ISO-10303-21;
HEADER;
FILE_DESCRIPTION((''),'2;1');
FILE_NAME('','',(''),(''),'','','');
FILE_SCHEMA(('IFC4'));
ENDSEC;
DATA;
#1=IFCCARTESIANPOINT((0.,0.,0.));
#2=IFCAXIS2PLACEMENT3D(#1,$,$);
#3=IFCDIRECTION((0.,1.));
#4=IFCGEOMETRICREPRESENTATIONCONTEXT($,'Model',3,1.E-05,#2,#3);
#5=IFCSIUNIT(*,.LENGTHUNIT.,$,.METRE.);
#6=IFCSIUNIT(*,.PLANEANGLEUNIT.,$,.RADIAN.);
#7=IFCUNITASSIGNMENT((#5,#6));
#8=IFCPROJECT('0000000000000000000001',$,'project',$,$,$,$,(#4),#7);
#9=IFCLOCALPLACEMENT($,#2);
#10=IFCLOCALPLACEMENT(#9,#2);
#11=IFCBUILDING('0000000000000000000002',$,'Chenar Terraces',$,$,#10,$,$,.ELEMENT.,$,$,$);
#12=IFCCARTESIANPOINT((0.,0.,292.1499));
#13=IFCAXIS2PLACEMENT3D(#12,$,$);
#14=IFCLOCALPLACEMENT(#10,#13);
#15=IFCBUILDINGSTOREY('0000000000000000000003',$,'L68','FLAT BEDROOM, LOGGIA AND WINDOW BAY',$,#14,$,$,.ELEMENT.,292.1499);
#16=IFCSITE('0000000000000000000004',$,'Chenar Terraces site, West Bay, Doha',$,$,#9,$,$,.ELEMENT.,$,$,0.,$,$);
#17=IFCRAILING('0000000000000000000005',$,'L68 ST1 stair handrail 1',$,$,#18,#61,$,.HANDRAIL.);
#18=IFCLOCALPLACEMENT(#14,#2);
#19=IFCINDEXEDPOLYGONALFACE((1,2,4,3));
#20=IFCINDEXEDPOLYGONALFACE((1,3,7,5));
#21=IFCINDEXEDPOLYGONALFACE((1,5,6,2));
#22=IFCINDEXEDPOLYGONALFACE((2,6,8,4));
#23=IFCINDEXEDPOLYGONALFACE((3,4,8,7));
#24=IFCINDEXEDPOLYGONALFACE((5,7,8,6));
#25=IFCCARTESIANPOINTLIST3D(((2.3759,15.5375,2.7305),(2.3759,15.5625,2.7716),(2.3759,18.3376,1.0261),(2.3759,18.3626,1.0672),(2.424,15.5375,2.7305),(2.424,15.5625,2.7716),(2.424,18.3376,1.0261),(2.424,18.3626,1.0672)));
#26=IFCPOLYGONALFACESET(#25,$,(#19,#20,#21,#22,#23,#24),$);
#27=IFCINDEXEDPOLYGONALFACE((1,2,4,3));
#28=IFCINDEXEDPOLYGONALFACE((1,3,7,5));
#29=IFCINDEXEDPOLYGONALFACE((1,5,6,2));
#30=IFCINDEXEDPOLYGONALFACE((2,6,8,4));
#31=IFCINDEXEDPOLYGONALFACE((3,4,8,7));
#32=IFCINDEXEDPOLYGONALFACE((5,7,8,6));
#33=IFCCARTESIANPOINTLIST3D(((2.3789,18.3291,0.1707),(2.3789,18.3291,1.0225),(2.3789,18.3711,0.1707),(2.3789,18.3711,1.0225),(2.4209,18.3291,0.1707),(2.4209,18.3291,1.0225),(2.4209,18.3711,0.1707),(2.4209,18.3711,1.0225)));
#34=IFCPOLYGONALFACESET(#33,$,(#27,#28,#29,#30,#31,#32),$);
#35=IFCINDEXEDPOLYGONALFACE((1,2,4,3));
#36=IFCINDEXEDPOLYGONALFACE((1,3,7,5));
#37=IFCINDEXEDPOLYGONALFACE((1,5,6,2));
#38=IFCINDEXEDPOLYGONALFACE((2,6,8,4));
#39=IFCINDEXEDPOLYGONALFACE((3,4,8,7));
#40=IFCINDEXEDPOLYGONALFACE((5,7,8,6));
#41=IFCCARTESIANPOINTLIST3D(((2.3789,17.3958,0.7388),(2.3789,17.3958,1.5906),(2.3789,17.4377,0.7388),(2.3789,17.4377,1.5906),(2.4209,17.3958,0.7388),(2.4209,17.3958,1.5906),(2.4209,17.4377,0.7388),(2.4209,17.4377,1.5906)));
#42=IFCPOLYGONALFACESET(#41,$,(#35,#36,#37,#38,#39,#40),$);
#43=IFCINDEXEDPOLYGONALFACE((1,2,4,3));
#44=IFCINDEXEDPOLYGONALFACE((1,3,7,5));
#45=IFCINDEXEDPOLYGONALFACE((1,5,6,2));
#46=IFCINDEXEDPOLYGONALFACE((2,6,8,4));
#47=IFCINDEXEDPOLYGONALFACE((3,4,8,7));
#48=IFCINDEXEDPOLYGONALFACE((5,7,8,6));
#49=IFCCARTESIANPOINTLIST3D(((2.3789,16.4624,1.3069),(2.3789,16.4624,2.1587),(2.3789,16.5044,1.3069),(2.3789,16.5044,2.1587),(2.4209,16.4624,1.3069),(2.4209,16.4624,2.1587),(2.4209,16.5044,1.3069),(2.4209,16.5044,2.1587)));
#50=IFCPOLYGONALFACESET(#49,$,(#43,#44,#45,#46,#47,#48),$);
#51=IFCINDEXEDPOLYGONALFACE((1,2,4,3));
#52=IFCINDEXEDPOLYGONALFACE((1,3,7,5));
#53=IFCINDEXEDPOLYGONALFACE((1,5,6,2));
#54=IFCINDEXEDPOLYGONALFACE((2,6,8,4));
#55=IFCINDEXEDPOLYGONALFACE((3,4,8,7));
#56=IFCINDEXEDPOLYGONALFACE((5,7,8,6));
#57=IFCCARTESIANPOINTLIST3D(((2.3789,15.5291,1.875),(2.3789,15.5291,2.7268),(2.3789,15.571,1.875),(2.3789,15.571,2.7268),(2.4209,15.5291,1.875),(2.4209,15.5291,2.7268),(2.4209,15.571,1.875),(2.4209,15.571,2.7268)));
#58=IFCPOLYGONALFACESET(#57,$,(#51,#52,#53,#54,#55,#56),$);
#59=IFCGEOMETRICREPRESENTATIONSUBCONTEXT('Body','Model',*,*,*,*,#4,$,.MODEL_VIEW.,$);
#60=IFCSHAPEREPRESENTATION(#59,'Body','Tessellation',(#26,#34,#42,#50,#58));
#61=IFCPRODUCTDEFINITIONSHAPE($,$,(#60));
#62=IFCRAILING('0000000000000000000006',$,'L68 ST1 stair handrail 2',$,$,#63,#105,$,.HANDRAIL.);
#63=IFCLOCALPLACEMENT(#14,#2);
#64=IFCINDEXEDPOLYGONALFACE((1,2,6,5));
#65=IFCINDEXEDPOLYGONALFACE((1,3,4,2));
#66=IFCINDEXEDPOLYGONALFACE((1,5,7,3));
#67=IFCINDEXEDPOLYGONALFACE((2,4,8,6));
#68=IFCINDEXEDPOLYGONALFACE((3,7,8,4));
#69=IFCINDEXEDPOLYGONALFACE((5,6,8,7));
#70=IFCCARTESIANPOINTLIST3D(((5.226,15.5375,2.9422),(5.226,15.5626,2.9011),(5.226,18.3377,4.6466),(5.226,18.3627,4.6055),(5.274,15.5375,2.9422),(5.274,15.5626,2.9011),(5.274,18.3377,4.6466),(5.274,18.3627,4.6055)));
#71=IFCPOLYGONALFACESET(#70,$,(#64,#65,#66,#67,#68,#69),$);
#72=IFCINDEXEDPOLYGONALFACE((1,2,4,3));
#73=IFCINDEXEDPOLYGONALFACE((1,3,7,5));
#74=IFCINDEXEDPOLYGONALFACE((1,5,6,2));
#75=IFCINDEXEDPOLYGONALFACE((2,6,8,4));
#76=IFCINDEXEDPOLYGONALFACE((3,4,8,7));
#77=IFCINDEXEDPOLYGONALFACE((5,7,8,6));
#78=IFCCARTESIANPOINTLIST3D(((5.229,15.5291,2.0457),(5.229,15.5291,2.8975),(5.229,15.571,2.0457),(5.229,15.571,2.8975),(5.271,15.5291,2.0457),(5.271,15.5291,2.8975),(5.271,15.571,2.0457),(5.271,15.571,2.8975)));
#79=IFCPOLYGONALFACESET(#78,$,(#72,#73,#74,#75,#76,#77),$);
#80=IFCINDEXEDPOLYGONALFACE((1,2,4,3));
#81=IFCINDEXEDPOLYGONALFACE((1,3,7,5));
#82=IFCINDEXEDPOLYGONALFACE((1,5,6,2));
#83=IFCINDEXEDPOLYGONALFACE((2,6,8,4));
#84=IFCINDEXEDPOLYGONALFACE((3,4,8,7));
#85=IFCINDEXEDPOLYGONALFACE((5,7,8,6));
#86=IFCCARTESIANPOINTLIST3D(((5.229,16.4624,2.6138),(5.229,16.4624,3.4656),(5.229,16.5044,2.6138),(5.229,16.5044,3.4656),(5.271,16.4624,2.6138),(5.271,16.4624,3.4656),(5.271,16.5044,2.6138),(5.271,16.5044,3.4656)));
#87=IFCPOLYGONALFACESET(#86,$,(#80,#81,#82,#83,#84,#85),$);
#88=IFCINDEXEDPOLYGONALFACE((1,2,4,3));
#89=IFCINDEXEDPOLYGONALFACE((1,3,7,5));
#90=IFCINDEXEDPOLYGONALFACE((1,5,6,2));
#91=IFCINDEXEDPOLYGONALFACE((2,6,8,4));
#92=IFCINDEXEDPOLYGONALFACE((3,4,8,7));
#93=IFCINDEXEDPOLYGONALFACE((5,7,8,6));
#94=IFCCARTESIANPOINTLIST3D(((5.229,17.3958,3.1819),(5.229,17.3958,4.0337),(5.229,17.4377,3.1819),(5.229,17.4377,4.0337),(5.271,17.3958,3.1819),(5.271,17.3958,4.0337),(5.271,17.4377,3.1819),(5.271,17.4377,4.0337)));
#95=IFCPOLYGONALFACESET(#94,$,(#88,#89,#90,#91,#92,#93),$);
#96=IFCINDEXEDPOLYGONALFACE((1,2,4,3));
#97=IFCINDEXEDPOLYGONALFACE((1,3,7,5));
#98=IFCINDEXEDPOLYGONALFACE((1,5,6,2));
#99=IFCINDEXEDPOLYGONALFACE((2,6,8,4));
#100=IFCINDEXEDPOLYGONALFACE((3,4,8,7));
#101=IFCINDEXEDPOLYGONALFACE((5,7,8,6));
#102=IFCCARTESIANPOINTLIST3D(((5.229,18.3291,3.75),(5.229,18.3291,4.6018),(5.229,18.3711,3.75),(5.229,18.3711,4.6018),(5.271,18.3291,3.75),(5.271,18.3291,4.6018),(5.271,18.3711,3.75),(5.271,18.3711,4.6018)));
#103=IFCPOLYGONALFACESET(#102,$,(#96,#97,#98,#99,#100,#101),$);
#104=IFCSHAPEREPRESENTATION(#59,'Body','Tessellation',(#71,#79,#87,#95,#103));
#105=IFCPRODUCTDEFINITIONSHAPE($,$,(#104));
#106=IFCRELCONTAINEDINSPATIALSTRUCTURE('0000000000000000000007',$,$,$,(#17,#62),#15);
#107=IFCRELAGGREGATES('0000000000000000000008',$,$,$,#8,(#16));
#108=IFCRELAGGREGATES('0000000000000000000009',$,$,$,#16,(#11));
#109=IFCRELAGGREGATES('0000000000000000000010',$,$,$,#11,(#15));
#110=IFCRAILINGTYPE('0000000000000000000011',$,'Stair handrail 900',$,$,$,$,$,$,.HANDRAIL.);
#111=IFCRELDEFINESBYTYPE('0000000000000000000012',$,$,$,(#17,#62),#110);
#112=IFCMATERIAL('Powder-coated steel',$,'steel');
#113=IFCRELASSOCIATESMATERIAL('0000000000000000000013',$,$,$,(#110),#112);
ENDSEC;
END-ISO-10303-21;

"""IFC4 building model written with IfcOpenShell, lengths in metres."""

from ifc_helpers import new_model, si_unit, direction, frame, origin, origin_2d, place, context, subcontext, project, spatial, rectangle, extrude, material, type_object, element, save


model = new_model("IFC4")

# Units and contexts
model_context = context("Model", 3, precision=1e-05, world=origin(), true_north=direction((0.0, 1.0)))
body_context = subcontext(model_context, "Body", "Model", "MODEL_VIEW")
ifc_project = project(units=[si_unit("LENGTHUNIT", "METRE"), si_unit("PLANEANGLEUNIT", "RADIAN")], contexts=[model_context])

# Site, building, storey
site_placement = place(None, origin())
site = spatial("IfcSite", under=ifc_project, at=site_placement, Name="Chenar Terraces site, West Bay, Doha", CompositionType="ELEMENT", RefElevation=0.0)
building_placement = place(site_placement, origin())
building = spatial("IfcBuilding", under=site, at=building_placement, Name="Chenar Terraces", CompositionType="ELEMENT")
storey_placement = place(building_placement, frame((0.0, 0.0, 292.1499)))
storey = spatial("IfcBuildingStorey", under=building, at=storey_placement, Name="L68", Description="FLAT BEDROOM, LOGGIA AND WINDOW BAY", CompositionType="ELEMENT", Elevation=292.1499)

# Railings
ifc_material_1 = material(Name="Powder-coated steel", Category="steel")
railing_type_1 = type_object("IfcRailingType", Name="Stair handrail 900", PredefinedType="HANDRAIL", material=ifc_material_1)
railing_1_placement = place(storey_placement, frame((2.3999, 18.3501, 0.1707)))
element("IfcRailing", 1, at=railing_1_placement, inside=storey, type_object=railing_type_1, Name="L68 ST1 stair handrail 1", PredefinedType="HANDRAIL", context=body_context, shape_type="SweptSolid", body=[
    extrude(rectangle(XDim=0.0481, YDim=0.0481, at=origin_2d()), frame((0.0, 0.0, 0.876), z_axis=(0.0, -0.854203, 0.51994), x_axis=(1.0, 0.0, 0.0)), (0.0, 0.0, 1.0), 3.2781),
    extrude(rectangle(XDim=0.042, YDim=0.042, at=origin_2d()), origin(), (0.0, 0.0, 1.0), 0.8518),
    extrude(rectangle(XDim=0.042, YDim=0.042, at=origin_2d()), frame((0.0, -0.9333, 0.5681)), (0.0, 0.0, 1.0), 0.8518),
    extrude(rectangle(XDim=0.042, YDim=0.042, at=origin_2d()), frame((0.0, -1.8667, 1.1362)), (0.0, 0.0, 1.0), 0.8518),
    extrude(rectangle(XDim=0.042, YDim=0.042, at=origin_2d()), frame((0.0, -2.8, 1.7043)), (0.0, 0.0, 1.0), 0.8518),
])
railing_2_placement = place(storey_placement, frame((5.25, 15.55, 2.0457)))
element("IfcRailing", 2, at=railing_2_placement, inside=storey, type_object=railing_type_1, Name="L68 ST1 stair handrail 2", PredefinedType="HANDRAIL", context=body_context, shape_type="SweptSolid", body=[
    extrude(rectangle(XDim=0.0481, YDim=0.0481, at=origin_2d()), frame((0.0, 0.0, 0.876), z_axis=(0.0, 0.854203, 0.51994), x_axis=(-1.0, 0.0, 0.0)), (0.0, 0.0, 1.0), 3.2781),
    extrude(rectangle(XDim=0.042, YDim=0.042, at=origin_2d()), origin(), (0.0, 0.0, 1.0), 0.8518),
    extrude(rectangle(XDim=0.042, YDim=0.042, at=origin_2d()), frame((0.0, 0.9333, 0.5681)), (0.0, 0.0, 1.0), 0.8518),
    extrude(rectangle(XDim=0.042, YDim=0.042, at=origin_2d()), frame((0.0, 1.8667, 1.1362)), (0.0, 0.0, 1.0), 0.8518),
    extrude(rectangle(XDim=0.042, YDim=0.042, at=origin_2d()), frame((0.0, 2.8, 1.7043)), (0.0, 0.0, 1.0), 0.8518),
])

save(model, "model.ifc")
